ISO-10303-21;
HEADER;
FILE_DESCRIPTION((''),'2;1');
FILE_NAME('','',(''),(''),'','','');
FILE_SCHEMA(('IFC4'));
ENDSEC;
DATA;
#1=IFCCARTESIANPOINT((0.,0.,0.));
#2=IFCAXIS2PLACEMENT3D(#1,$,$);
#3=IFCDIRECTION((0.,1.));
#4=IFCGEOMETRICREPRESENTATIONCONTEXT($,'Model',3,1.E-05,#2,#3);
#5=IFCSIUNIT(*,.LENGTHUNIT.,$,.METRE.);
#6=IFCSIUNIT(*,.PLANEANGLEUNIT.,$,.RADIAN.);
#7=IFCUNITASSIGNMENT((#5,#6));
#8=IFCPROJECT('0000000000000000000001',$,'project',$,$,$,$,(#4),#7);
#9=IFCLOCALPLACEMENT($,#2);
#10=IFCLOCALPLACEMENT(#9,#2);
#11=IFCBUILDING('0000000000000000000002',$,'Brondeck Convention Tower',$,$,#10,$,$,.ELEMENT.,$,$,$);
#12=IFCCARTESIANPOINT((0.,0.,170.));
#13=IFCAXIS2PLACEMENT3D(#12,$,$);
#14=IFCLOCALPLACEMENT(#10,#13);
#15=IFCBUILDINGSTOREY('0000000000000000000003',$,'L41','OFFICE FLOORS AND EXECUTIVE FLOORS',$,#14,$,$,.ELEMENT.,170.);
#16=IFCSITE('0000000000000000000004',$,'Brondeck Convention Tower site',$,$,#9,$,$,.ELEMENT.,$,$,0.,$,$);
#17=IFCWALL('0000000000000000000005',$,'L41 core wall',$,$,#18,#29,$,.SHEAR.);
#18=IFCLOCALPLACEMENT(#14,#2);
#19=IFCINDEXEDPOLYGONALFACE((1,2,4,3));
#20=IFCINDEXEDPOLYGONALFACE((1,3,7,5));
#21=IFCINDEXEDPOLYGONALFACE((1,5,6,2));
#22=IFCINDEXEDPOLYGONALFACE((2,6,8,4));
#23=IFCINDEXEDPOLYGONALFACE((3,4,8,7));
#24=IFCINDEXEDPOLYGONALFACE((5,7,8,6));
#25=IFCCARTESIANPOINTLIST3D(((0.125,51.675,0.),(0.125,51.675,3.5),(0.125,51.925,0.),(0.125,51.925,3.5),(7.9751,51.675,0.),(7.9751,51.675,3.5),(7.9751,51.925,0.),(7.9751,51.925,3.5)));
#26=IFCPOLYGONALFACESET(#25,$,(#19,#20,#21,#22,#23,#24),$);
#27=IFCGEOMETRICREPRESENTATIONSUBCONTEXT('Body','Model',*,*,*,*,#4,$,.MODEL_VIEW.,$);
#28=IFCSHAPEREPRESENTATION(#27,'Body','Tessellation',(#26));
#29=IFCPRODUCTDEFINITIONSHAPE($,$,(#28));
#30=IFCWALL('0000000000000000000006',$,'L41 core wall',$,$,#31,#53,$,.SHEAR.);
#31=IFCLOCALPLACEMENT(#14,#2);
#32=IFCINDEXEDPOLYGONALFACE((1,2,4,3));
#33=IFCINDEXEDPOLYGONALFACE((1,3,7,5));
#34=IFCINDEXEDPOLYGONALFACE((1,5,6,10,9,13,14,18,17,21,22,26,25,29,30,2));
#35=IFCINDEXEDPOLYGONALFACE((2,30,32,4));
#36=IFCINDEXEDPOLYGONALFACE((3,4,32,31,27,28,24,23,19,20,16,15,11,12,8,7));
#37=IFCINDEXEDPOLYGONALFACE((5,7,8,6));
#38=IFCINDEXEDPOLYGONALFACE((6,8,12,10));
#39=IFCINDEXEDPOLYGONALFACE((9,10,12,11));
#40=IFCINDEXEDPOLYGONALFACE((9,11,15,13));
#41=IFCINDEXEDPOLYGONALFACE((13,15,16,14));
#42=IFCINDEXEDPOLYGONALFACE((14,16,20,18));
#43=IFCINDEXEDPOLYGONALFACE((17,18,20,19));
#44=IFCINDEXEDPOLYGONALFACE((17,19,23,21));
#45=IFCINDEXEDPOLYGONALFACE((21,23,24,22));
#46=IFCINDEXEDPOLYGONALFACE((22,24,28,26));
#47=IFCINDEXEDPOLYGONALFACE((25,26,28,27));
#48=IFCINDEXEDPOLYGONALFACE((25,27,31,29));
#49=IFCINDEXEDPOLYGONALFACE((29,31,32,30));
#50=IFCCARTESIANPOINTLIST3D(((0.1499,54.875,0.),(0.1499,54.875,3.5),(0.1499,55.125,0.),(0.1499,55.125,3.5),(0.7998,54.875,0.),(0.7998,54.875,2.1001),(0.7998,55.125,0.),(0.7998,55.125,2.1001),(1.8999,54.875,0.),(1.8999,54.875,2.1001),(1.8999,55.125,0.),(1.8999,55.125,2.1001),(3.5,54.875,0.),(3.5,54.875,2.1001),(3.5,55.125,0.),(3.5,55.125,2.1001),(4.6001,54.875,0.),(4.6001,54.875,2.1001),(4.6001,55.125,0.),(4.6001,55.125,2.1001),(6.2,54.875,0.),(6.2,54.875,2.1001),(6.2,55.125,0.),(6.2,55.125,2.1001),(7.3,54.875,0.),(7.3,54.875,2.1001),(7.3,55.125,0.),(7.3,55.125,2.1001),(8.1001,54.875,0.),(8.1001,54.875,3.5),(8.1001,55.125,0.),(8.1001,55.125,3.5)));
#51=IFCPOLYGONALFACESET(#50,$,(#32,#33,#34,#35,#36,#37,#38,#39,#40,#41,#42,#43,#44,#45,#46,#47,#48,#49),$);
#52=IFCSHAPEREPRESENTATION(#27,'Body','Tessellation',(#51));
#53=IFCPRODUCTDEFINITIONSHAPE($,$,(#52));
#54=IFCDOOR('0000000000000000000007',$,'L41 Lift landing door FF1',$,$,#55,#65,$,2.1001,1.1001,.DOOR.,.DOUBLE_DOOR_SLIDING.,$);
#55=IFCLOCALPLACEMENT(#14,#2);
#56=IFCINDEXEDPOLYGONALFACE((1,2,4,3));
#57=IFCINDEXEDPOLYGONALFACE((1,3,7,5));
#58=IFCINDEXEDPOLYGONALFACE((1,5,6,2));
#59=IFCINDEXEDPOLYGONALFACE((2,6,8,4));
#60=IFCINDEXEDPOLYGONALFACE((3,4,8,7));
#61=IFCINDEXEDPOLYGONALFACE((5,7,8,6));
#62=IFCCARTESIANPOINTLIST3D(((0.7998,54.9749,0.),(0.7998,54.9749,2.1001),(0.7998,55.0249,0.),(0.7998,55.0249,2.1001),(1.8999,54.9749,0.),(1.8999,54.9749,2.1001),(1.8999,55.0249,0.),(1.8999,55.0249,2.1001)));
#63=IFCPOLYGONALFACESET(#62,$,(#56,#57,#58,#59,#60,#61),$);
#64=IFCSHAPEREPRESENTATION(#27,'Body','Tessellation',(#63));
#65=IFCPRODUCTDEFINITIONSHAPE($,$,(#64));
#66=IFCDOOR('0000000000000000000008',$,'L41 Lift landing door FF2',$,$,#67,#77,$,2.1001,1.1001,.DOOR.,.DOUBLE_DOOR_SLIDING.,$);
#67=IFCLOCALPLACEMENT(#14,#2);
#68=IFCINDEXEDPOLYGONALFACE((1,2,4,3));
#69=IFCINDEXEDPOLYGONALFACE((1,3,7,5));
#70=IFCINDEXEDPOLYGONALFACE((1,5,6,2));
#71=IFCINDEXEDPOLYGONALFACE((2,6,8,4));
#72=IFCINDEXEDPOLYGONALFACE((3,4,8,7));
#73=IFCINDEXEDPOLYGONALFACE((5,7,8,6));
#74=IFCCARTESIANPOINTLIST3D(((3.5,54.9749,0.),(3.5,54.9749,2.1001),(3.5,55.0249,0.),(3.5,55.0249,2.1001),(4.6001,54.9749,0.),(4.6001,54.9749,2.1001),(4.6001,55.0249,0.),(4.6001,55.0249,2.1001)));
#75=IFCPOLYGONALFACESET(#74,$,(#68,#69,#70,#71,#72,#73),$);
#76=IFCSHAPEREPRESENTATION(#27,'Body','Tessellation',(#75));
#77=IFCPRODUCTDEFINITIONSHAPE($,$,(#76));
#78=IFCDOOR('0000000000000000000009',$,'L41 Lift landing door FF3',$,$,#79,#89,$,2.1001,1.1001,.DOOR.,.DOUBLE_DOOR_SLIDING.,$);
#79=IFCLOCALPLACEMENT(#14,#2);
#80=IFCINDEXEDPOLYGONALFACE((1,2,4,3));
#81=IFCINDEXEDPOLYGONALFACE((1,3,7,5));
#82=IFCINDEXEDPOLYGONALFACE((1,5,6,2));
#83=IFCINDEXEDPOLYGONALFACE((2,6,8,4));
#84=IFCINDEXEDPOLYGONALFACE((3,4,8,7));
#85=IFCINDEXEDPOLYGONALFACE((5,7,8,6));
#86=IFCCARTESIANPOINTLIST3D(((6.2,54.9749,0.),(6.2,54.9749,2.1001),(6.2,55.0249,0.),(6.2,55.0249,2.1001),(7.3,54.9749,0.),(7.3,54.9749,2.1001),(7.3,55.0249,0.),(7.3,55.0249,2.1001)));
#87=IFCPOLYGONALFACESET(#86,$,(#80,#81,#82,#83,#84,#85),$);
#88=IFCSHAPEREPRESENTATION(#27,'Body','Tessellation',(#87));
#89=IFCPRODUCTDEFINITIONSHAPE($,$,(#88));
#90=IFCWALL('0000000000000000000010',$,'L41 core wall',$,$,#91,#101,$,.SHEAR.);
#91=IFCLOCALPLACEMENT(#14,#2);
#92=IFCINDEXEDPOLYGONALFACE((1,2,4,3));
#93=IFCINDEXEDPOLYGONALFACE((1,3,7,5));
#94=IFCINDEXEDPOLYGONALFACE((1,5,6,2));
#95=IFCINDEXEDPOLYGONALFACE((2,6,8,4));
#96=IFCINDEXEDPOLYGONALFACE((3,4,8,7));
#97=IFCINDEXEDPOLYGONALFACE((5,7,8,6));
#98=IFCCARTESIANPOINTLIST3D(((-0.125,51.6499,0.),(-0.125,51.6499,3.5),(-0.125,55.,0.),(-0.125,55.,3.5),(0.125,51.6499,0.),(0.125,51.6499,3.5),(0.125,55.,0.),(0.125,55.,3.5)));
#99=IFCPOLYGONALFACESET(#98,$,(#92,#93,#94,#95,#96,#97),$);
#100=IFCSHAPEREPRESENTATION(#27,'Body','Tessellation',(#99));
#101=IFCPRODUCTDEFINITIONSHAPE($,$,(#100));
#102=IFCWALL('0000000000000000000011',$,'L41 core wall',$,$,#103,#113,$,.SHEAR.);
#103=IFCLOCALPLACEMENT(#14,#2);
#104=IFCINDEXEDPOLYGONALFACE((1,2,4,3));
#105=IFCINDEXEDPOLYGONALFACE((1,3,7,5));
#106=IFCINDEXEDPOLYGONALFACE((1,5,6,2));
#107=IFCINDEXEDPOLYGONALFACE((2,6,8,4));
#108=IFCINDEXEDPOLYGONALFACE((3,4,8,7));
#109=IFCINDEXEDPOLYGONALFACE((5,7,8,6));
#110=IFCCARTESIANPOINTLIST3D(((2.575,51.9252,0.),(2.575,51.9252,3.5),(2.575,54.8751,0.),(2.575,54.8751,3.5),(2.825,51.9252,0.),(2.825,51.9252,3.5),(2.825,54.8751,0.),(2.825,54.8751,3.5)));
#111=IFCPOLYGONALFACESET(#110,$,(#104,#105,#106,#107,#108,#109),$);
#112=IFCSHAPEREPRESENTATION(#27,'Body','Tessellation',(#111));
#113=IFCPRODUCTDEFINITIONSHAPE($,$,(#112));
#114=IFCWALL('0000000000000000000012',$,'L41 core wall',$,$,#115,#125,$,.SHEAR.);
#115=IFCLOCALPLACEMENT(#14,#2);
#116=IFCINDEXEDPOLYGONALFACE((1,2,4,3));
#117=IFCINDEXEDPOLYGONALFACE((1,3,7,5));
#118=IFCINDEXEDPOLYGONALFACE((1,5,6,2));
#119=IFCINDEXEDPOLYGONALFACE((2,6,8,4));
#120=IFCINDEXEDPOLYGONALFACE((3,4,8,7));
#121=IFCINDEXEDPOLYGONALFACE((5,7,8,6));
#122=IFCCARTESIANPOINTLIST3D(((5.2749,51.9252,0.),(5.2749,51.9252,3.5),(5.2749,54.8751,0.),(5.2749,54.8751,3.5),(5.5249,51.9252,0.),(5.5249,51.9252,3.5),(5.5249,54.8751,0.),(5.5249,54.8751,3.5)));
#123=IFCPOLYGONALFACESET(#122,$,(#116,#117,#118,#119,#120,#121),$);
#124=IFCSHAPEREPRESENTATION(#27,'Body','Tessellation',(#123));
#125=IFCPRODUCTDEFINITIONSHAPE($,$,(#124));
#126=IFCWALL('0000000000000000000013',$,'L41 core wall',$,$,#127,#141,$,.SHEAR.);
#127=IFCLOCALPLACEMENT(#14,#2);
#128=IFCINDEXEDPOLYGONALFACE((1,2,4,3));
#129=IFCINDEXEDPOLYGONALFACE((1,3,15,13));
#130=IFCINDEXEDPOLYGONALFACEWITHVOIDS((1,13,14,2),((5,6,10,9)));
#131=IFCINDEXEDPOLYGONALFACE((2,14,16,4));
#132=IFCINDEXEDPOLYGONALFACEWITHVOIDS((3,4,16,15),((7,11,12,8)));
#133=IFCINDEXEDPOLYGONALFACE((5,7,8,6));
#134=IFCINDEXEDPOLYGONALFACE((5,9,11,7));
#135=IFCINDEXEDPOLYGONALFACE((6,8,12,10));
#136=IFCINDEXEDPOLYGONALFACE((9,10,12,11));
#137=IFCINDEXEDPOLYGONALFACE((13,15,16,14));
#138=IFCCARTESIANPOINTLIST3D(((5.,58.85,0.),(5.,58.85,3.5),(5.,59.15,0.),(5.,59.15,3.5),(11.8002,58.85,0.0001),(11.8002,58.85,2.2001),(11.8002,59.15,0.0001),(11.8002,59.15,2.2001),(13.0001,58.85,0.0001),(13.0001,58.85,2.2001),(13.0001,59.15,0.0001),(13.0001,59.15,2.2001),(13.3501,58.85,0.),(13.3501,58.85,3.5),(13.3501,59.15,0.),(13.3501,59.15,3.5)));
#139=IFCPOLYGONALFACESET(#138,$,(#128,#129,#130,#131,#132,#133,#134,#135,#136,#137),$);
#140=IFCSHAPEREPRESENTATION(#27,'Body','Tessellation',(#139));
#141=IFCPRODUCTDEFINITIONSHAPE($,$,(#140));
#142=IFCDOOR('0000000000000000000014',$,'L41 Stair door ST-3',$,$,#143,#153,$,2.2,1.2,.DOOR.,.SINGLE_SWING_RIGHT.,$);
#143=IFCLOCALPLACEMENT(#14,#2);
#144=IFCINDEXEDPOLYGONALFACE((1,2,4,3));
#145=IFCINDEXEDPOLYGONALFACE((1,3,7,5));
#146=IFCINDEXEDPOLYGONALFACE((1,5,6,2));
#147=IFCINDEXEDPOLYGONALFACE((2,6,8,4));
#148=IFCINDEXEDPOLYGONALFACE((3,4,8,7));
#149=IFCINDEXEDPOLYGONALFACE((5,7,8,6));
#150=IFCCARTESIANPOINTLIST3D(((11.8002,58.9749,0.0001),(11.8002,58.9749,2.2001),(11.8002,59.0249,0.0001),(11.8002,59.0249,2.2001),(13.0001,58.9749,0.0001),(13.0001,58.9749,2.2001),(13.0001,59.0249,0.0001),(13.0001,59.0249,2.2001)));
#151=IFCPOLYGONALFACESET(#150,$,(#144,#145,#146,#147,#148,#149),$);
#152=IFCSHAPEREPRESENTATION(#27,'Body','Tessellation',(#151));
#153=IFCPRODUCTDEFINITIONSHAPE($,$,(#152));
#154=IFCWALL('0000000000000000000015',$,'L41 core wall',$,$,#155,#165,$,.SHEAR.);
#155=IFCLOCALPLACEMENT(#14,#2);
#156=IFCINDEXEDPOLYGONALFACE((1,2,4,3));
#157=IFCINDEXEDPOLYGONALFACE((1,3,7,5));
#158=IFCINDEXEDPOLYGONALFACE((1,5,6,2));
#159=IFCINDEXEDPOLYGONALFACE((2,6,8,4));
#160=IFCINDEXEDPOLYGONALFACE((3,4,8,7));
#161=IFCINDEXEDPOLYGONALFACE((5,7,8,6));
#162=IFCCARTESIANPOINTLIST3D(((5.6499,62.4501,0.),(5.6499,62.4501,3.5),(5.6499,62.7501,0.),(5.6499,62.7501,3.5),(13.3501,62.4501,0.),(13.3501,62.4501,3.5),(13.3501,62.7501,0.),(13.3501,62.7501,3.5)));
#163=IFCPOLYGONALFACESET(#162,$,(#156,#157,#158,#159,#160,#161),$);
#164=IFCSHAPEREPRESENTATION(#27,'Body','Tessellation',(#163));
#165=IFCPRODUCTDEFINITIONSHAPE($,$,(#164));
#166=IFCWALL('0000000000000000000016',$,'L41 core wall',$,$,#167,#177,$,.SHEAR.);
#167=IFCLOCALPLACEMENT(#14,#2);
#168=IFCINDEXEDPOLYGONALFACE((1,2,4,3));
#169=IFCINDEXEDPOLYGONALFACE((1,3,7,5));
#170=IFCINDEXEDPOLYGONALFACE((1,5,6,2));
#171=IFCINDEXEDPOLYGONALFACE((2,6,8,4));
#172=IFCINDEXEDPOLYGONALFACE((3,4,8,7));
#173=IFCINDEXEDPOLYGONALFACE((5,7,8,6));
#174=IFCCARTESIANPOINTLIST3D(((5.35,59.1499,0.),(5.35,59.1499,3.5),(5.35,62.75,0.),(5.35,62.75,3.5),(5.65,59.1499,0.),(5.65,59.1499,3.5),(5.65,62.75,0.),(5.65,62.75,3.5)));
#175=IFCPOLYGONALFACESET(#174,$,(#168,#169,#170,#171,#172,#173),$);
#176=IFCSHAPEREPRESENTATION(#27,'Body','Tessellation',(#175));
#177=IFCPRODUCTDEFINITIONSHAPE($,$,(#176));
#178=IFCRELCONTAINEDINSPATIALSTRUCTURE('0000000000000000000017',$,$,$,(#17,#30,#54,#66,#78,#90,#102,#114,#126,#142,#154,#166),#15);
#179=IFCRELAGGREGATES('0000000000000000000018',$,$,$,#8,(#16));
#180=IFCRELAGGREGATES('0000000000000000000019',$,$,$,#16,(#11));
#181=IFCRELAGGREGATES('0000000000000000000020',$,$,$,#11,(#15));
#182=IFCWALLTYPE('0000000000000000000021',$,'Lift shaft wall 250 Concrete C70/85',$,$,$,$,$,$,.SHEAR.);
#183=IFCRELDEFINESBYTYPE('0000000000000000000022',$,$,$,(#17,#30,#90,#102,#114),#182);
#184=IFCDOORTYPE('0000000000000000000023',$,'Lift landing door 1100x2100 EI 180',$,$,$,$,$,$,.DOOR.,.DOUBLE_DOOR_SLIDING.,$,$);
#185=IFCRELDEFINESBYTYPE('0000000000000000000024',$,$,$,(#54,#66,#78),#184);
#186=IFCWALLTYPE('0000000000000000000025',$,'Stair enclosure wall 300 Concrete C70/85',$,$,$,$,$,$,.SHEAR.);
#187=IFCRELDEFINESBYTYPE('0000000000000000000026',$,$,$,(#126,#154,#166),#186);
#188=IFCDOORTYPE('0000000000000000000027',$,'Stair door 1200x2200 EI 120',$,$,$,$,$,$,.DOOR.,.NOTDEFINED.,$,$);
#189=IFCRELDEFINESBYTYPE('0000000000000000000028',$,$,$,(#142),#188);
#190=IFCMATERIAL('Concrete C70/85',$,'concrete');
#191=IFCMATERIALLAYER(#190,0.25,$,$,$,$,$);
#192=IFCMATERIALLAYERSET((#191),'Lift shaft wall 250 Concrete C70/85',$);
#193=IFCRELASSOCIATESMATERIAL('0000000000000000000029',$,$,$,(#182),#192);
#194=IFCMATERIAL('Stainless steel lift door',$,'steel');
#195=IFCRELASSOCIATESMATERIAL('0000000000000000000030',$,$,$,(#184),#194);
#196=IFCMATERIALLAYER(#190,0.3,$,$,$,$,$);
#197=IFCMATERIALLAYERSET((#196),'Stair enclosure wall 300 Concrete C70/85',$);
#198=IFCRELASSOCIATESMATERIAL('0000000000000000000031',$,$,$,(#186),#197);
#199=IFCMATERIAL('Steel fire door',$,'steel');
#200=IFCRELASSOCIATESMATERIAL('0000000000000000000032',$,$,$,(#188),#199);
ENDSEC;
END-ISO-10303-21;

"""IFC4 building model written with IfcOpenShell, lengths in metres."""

from ifc_helpers import new_model, si_unit, direction, frame, frame_2d, origin, place, context, subcontext, project, spatial, rectangle, extrude, material, layer, layer_set, type_object, element, fill, save


model = new_model("IFC4")

# Units and contexts
model_context = context("Model", 3, precision=1e-05, world=origin(), true_north=direction((0.0, 1.0)))
body_context = subcontext(model_context, "Body", "Model", "MODEL_VIEW")
ifc_project = project(units=[si_unit("LENGTHUNIT", "METRE"), si_unit("PLANEANGLEUNIT", "RADIAN")], contexts=[model_context])

# Site, building, storey
site_placement = place(None, origin())
site = spatial("IfcSite", under=ifc_project, at=site_placement, Name="Brondeck Convention Tower site", CompositionType="ELEMENT", RefElevation=0.0)
building_placement = place(site_placement, origin())
building = spatial("IfcBuilding", under=site, at=building_placement, Name="Brondeck Convention Tower", CompositionType="ELEMENT")
storey_placement = place(building_placement, frame((0.0, 0.0, 170.0)))
storey = spatial("IfcBuildingStorey", under=building, at=storey_placement, Name="L41", Description="OFFICE FLOORS AND EXECUTIVE FLOORS", CompositionType="ELEMENT", Elevation=170.0)

# Shared definitions
ifc_material_1 = material(Name="Concrete C70/85", Category="concrete")

# Wall
ifc_layer_1 = layer(ifc_material_1, 0.25)
ifc_layer_set_1 = layer_set([ifc_layer_1], Name="Lift shaft wall 250 Concrete C70/85")
wall_type_1 = type_object("IfcWallType", Name="Lift shaft wall 250 Concrete C70/85", PredefinedType="SHEAR", material=ifc_layer_set_1)
for number, where, z_axis, x_axis, name in (
    (1, (0.125, 51.8, 0.0), (0.0, 0.0, 1.0), (1.0, 0.0, 0.0), "L41 core wall"),
):
    element("IfcWall", number, at=place(storey_placement, frame(where, z_axis=z_axis, x_axis=x_axis)), inside=storey, type_object=wall_type_1, Name=name, PredefinedType="SHEAR", context=body_context, shape_type="SweptSolid", body=[
        extrude(rectangle(XDim=7.8501, YDim=0.25, at=frame_2d((3.925, 0.0))), origin(), (0.0, 0.0, 1.0), 3.5),
    ])

# Wall, openings, doors
wall_1_placement = place(storey_placement, frame((0.1499, 55.0, 0.0), z_axis=(0.0, 0.0, 1.0), x_axis=(1.0, 0.0, 0.0)))
wall_1 = element("IfcWall", 2, at=wall_1_placement, inside=storey, type_object=wall_type_1, Name="L41 core wall", PredefinedType="SHEAR", context=body_context, shape_type="SweptSolid", body=[
    extrude(rectangle(XDim=7.9502, YDim=0.25, at=frame_2d((3.9751, 0.0))), origin(), (0.0, 0.0, 1.0), 3.5),
])
opening_1_placement = place(wall_1_placement, frame((0.6499, 0.0, 0.0)))
opening_1 = element("IfcOpeningElement", 3, at=opening_1_placement, cuts=wall_1, PredefinedType="OPENING", context=body_context, shape_type="SweptSolid", body=[
    extrude(rectangle(XDim=1.1001, YDim=2.1001, at=frame_2d((0.55, 1.05))), frame((0.0, 0.135, 0.0), z_axis=(0.0, -1.0, 0.0), x_axis=(1.0, 0.0, 0.0)), (0.0, 0.0, 1.0), 0.27),
])
opening_2_placement = place(wall_1_placement, frame((3.3501, 0.0, 0.0)))
opening_2 = element("IfcOpeningElement", 4, at=opening_2_placement, cuts=wall_1, PredefinedType="OPENING", context=body_context, shape_type="SweptSolid", body=[
    extrude(rectangle(XDim=1.1001, YDim=2.1001, at=frame_2d((0.55, 1.05))), frame((0.0, 0.135, 0.0), z_axis=(0.0, -1.0, 0.0), x_axis=(1.0, 0.0, 0.0)), (0.0, 0.0, 1.0), 0.27),
])
opening_3_placement = place(wall_1_placement, frame((6.05, 0.0, 0.0)))
opening_3 = element("IfcOpeningElement", 5, at=opening_3_placement, cuts=wall_1, PredefinedType="OPENING", context=body_context, shape_type="SweptSolid", body=[
    extrude(rectangle(XDim=1.1001, YDim=2.1001, at=frame_2d((0.55, 1.05))), frame((0.0, 0.135, 0.0), z_axis=(0.0, -1.0, 0.0), x_axis=(1.0, 0.0, 0.0)), (0.0, 0.0, 1.0), 0.27),
])
ifc_material_2 = material(Name="Stainless steel lift door", Category="steel")
door_type_1 = type_object("IfcDoorType", Name="Lift landing door 1100x2100 EI 180", OperationType="DOUBLE_DOOR_SLIDING", PredefinedType="DOOR", material=ifc_material_2)
door_1_placement = place(opening_1_placement, origin())
door_1 = element("IfcDoor", 6, at=door_1_placement, inside=storey, type_object=door_type_1, Name="L41 Lift landing door FF1", OperationType="DOUBLE_DOOR_SLIDING", OverallHeight=2.1001, OverallWidth=1.1001, PredefinedType="DOOR", context=body_context, shape_type="SweptSolid", body=[
    extrude(rectangle(XDim=1.1001, YDim=2.1001, at=frame_2d((0.55, 1.05))), frame((0.0, 0.0249, 0.0), z_axis=(0.0, -1.0, 0.0), x_axis=(1.0, 0.0, 0.0)), (0.0, 0.0, 1.0), 0.05),
])
fill(opening_1, door_1)
door_2_placement = place(opening_2_placement, origin())
door_2 = element("IfcDoor", 7, at=door_2_placement, inside=storey, type_object=door_type_1, Name="L41 Lift landing door FF2", OperationType="DOUBLE_DOOR_SLIDING", OverallHeight=2.1001, OverallWidth=1.1001, PredefinedType="DOOR", context=body_context, shape_type="SweptSolid", body=[
    extrude(rectangle(XDim=1.1001, YDim=2.1001, at=frame_2d((0.55, 1.05))), frame((0.0, 0.0249, 0.0), z_axis=(0.0, -1.0, 0.0), x_axis=(1.0, 0.0, 0.0)), (0.0, 0.0, 1.0), 0.05),
])
fill(opening_2, door_2)
door_3_placement = place(opening_3_placement, origin())
door_3 = element("IfcDoor", 8, at=door_3_placement, inside=storey, type_object=door_type_1, Name="L41 Lift landing door FF3", OperationType="DOUBLE_DOOR_SLIDING", OverallHeight=2.1001, OverallWidth=1.1001, PredefinedType="DOOR", context=body_context, shape_type="SweptSolid", body=[
    extrude(rectangle(XDim=1.1001, YDim=2.1001, at=frame_2d((0.55, 1.05))), frame((0.0, 0.0249, 0.0), z_axis=(0.0, -1.0, 0.0), x_axis=(1.0, 0.0, 0.0)), (0.0, 0.0, 1.0), 0.05),
])
fill(opening_3, door_3)

# Walls
wall_2_placement = place(storey_placement, frame((0.0, 51.6499, 0.0), z_axis=(0.0, 0.0, 1.0), x_axis=(0.0, 1.0, 0.0)))
element("IfcWall", 9, at=wall_2_placement, inside=storey, type_object=wall_type_1, Name="L41 core wall", PredefinedType="SHEAR", context=body_context, shape_type="SweptSolid", body=[
    extrude(rectangle(XDim=3.3501, YDim=0.25, at=frame_2d((1.675, 0.0))), origin(), (0.0, 0.0, 1.0), 3.5),
])
for number, where, z_axis, x_axis, name in (
    (10, (2.7, 51.925, 0.0), (0.0, 0.0, 1.0), (0.0, 1.0, 0.0), "L41 core wall"),
    (11, (5.3999, 51.925, 0.0), (0.0, 0.0, 1.0), (0.0, 1.0, 0.0), "L41 core wall"),
):
    element("IfcWall", number, at=place(storey_placement, frame(where, z_axis=z_axis, x_axis=x_axis)), inside=storey, type_object=wall_type_1, Name=name, PredefinedType="SHEAR", context=body_context, shape_type="SweptSolid", body=[
        extrude(rectangle(XDim=2.95, YDim=0.25, at=frame_2d((1.4751, 0.0))), origin(), (0.0, 0.0, 1.0), 3.5),
    ])

# Wall, opening, door
ifc_layer_2 = layer(ifc_material_1, 0.3)
ifc_layer_set_2 = layer_set([ifc_layer_2], Name="Stair enclosure wall 300 Concrete C70/85")
wall_type_2 = type_object("IfcWallType", Name="Stair enclosure wall 300 Concrete C70/85", PredefinedType="SHEAR", material=ifc_layer_set_2)
wall_3_placement = place(storey_placement, frame((5.0, 59.0, 0.0), z_axis=(0.0, 0.0, 1.0), x_axis=(1.0, 0.0, 0.0)))
wall_3 = element("IfcWall", 12, at=wall_3_placement, inside=storey, type_object=wall_type_2, Name="L41 core wall", PredefinedType="SHEAR", context=body_context, shape_type="SweptSolid", body=[
    extrude(rectangle(XDim=8.3501, YDim=0.3, at=frame_2d((4.175, 0.0))), origin(), (0.0, 0.0, 1.0), 3.5),
])
opening_4_placement = place(wall_3_placement, frame((6.8, 0.0, 0.0)))
opening_4 = element("IfcOpeningElement", 13, at=opening_4_placement, cuts=wall_3, PredefinedType="OPENING", context=body_context, shape_type="SweptSolid", body=[
    extrude(rectangle(XDim=1.2, YDim=2.2, at=frame_2d((0.6001, 1.1001))), frame((0.0, 0.1599, 0.0), z_axis=(0.0, -1.0, 0.0), x_axis=(1.0, 0.0, 0.0)), (0.0, 0.0, 1.0), 0.3201),
])
ifc_material_3 = material(Name="Steel fire door", Category="steel")
door_type_2 = type_object("IfcDoorType", Name="Stair door 1200x2200 EI 120", OperationType="NOTDEFINED", PredefinedType="DOOR", material=ifc_material_3)
door_4_placement = place(opening_4_placement, origin())
door_4 = element("IfcDoor", 14, at=door_4_placement, inside=storey, type_object=door_type_2, Name="L41 Stair door ST-3", OperationType="SINGLE_SWING_RIGHT", OverallHeight=2.2, OverallWidth=1.2, PredefinedType="DOOR", context=body_context, shape_type="SweptSolid", body=[
    extrude(rectangle(XDim=1.2, YDim=2.2, at=frame_2d((0.6001, 1.1001))), frame((0.0, 0.0249, 0.0), z_axis=(0.0, -1.0, 0.0), x_axis=(1.0, 0.0, 0.0)), (0.0, 0.0, 1.0), 0.05),
])
fill(opening_4, door_4)

# Walls
wall_4_placement = place(storey_placement, frame((5.6499, 62.6001, 0.0), z_axis=(0.0, 0.0, 1.0), x_axis=(1.0, 0.0, 0.0)))
element("IfcWall", 15, at=wall_4_placement, inside=storey, type_object=wall_type_2, Name="L41 core wall", PredefinedType="SHEAR", context=body_context, shape_type="SweptSolid", body=[
    extrude(rectangle(XDim=7.7002, YDim=0.3, at=frame_2d((3.8501, 0.0))), origin(), (0.0, 0.0, 1.0), 3.5),
])
wall_5_placement = place(storey_placement, frame((5.5, 59.1499, 0.0), z_axis=(0.0, 0.0, 1.0), x_axis=(0.0, 1.0, 0.0)))
element("IfcWall", 16, at=wall_5_placement, inside=storey, type_object=wall_type_2, Name="L41 core wall", PredefinedType="SHEAR", context=body_context, shape_type="SweptSolid", body=[
    extrude(rectangle(XDim=3.6001, YDim=0.3, at=frame_2d((1.8, 0.0))), origin(), (0.0, 0.0, 1.0), 3.5),
])

save(model, "model.ifc")
